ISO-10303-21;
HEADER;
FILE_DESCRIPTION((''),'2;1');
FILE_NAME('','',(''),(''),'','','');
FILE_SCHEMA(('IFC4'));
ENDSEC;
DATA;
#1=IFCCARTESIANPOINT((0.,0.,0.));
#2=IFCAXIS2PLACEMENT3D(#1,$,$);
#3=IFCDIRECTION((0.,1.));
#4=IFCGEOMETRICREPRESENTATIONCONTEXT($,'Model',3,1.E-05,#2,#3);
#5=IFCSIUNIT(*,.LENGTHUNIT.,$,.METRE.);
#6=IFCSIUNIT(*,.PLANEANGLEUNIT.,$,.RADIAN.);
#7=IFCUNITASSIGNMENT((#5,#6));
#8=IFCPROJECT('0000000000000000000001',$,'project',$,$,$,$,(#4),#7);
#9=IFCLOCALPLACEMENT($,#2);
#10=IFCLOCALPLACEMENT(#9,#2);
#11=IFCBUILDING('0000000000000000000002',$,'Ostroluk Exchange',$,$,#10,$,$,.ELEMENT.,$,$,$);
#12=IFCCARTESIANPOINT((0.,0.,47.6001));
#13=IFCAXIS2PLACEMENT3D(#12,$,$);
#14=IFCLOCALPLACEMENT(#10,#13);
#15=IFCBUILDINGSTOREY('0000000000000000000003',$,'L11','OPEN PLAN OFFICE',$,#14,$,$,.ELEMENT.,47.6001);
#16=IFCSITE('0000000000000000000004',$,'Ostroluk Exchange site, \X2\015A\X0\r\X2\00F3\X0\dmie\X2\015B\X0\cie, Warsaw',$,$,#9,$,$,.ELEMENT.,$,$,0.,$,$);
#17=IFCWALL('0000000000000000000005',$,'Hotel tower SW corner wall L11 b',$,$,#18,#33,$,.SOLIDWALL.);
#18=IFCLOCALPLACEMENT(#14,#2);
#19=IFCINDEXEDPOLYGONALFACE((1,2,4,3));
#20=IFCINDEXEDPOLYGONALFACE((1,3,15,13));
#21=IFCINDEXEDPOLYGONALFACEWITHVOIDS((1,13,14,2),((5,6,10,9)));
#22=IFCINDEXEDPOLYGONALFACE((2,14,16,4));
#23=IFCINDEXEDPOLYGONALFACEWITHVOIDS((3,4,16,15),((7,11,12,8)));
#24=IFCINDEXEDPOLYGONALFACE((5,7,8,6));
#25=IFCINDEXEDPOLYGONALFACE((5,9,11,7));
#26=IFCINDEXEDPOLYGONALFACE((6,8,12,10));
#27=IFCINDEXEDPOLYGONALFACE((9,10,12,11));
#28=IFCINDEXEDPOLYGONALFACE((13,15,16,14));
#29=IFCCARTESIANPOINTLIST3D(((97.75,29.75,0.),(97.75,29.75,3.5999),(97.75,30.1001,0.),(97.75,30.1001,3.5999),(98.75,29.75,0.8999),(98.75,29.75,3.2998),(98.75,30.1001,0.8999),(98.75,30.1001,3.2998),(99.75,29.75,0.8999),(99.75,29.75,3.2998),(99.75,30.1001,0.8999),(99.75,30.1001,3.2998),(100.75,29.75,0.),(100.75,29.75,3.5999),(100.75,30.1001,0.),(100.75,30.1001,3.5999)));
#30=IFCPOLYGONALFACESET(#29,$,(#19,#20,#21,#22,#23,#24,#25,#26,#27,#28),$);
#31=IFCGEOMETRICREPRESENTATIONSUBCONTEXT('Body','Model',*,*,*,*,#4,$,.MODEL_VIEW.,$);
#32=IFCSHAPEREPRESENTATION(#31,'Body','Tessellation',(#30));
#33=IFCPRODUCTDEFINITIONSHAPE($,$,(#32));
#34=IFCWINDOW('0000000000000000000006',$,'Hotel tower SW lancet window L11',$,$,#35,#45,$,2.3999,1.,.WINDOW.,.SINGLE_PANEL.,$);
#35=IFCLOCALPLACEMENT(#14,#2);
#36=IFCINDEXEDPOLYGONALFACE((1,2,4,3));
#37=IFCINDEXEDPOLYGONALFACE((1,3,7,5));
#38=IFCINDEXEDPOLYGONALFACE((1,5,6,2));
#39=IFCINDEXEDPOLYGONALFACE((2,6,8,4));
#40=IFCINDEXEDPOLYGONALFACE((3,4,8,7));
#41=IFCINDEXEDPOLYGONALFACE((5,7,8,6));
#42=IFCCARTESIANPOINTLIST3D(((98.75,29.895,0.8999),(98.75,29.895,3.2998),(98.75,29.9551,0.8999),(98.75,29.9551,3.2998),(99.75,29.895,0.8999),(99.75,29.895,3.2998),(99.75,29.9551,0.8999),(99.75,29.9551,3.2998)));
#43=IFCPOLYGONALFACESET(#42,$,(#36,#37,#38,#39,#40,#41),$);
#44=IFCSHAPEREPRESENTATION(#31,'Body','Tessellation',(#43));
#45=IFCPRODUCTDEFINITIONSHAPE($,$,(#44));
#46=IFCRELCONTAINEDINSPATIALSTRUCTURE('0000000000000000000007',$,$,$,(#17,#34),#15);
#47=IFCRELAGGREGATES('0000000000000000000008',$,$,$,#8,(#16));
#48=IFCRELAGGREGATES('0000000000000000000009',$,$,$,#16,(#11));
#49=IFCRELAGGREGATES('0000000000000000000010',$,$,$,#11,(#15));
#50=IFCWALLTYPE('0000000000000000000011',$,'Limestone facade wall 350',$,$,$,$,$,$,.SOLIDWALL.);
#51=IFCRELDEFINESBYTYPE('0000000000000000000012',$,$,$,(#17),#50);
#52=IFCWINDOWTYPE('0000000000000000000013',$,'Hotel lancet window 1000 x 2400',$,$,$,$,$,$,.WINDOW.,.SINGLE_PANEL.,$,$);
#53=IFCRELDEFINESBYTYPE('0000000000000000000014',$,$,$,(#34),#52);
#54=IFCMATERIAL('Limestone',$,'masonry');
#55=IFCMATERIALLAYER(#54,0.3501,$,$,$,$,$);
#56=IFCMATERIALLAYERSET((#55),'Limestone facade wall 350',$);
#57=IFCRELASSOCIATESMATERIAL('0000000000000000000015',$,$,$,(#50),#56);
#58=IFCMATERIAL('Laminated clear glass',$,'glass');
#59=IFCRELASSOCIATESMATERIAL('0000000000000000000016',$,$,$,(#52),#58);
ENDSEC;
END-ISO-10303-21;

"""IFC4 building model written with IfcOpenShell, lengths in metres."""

from ifc_helpers import new_model, si_unit, direction, frame, frame_2d, origin, place, context, subcontext, project, spatial, rectangle, extrude, material, layer, layer_set, type_object, element, fill, save


model = new_model("IFC4")

# Units and contexts
model_context = context("Model", 3, precision=1e-05, world=origin(), true_north=direction((0.0, 1.0)))
body_context = subcontext(model_context, "Body", "Model", "MODEL_VIEW")
ifc_project = project(units=[si_unit("LENGTHUNIT", "METRE"), si_unit("PLANEANGLEUNIT", "RADIAN")], contexts=[model_context])

# Site, building, storey
site_placement = place(None, origin())
site = spatial("IfcSite", under=ifc_project, at=site_placement, Name="Ostroluk Exchange site, Śródmieście, Warsaw", CompositionType="ELEMENT", RefElevation=0.0)
building_placement = place(site_placement, origin())
building = spatial("IfcBuilding", under=site, at=building_placement, Name="Ostroluk Exchange", CompositionType="ELEMENT")
storey_placement = place(building_placement, frame((0.0, 0.0, 47.6001)))
storey = spatial("IfcBuildingStorey", under=building, at=storey_placement, Name="L11", Description="OPEN PLAN OFFICE", CompositionType="ELEMENT", Elevation=47.6001)

# Shared definitions
ifc_material_1 = material(Name="Limestone", Category="masonry")
ifc_layer_1 = layer(ifc_material_1, 0.3501)
ifc_layer_set_1 = layer_set([ifc_layer_1], Name="Limestone facade wall 350")
wall_type = type_object("IfcWallType", Name="Limestone facade wall 350", PredefinedType="SOLIDWALL", material=ifc_layer_set_1)

# Wall, opening, window
wall_1_placement = place(storey_placement, frame((100.75, 29.925, 0.0), z_axis=(0.0, 0.0, 1.0), x_axis=(-1.0, 0.0, 0.0)))
wall_1 = element("IfcWall", 1, at=wall_1_placement, inside=storey, type_object=wall_type, Name="Hotel tower SW corner wall L11 b", PredefinedType="SOLIDWALL", context=body_context, shape_type="SweptSolid", body=[
    extrude(rectangle(XDim=3.0, YDim=0.3501, at=frame_2d((1.5, 0.0))), origin(), (0.0, 0.0, 1.0), 3.5999),
])
opening_1_placement = place(wall_1_placement, frame((1.0, 0.0, 0.8999)))
opening_1 = element("IfcOpeningElement", 2, at=opening_1_placement, cuts=wall_1, PredefinedType="OPENING", context=body_context, shape_type="SweptSolid", body=[
    extrude(rectangle(XDim=1.0, YDim=2.3999, at=frame_2d((0.5, 1.2))), frame((0.0, 0.1851, 0.0), z_axis=(0.0, -1.0, 0.0), x_axis=(1.0, 0.0, 0.0)), (0.0, 0.0, 1.0), 0.3701),
])
ifc_material_2 = material(Name="Laminated clear glass", Category="glass")
window_type = type_object("IfcWindowType", Name="Hotel lancet window 1000 x 2400", PartitioningType="SINGLE_PANEL", PredefinedType="WINDOW", material=ifc_material_2)
window_placement = place(opening_1_placement, origin())
window = element("IfcWindow", 3, at=window_placement, inside=storey, type_object=window_type, Name="Hotel tower SW lancet window L11", OverallHeight=2.3999, OverallWidth=1.0, PartitioningType="SINGLE_PANEL", PredefinedType="WINDOW", context=body_context, shape_type="SweptSolid", body=[
    extrude(rectangle(XDim=1.0, YDim=2.3999, at=frame_2d((0.5, 1.2))), frame((0.0, 0.03, 0.0), z_axis=(0.0, -1.0, 0.0), x_axis=(1.0, 0.0, 0.0)), (0.0, 0.0, 1.0), 0.0601),
])
fill(opening_1, window)

save(model, "model.ifc")
